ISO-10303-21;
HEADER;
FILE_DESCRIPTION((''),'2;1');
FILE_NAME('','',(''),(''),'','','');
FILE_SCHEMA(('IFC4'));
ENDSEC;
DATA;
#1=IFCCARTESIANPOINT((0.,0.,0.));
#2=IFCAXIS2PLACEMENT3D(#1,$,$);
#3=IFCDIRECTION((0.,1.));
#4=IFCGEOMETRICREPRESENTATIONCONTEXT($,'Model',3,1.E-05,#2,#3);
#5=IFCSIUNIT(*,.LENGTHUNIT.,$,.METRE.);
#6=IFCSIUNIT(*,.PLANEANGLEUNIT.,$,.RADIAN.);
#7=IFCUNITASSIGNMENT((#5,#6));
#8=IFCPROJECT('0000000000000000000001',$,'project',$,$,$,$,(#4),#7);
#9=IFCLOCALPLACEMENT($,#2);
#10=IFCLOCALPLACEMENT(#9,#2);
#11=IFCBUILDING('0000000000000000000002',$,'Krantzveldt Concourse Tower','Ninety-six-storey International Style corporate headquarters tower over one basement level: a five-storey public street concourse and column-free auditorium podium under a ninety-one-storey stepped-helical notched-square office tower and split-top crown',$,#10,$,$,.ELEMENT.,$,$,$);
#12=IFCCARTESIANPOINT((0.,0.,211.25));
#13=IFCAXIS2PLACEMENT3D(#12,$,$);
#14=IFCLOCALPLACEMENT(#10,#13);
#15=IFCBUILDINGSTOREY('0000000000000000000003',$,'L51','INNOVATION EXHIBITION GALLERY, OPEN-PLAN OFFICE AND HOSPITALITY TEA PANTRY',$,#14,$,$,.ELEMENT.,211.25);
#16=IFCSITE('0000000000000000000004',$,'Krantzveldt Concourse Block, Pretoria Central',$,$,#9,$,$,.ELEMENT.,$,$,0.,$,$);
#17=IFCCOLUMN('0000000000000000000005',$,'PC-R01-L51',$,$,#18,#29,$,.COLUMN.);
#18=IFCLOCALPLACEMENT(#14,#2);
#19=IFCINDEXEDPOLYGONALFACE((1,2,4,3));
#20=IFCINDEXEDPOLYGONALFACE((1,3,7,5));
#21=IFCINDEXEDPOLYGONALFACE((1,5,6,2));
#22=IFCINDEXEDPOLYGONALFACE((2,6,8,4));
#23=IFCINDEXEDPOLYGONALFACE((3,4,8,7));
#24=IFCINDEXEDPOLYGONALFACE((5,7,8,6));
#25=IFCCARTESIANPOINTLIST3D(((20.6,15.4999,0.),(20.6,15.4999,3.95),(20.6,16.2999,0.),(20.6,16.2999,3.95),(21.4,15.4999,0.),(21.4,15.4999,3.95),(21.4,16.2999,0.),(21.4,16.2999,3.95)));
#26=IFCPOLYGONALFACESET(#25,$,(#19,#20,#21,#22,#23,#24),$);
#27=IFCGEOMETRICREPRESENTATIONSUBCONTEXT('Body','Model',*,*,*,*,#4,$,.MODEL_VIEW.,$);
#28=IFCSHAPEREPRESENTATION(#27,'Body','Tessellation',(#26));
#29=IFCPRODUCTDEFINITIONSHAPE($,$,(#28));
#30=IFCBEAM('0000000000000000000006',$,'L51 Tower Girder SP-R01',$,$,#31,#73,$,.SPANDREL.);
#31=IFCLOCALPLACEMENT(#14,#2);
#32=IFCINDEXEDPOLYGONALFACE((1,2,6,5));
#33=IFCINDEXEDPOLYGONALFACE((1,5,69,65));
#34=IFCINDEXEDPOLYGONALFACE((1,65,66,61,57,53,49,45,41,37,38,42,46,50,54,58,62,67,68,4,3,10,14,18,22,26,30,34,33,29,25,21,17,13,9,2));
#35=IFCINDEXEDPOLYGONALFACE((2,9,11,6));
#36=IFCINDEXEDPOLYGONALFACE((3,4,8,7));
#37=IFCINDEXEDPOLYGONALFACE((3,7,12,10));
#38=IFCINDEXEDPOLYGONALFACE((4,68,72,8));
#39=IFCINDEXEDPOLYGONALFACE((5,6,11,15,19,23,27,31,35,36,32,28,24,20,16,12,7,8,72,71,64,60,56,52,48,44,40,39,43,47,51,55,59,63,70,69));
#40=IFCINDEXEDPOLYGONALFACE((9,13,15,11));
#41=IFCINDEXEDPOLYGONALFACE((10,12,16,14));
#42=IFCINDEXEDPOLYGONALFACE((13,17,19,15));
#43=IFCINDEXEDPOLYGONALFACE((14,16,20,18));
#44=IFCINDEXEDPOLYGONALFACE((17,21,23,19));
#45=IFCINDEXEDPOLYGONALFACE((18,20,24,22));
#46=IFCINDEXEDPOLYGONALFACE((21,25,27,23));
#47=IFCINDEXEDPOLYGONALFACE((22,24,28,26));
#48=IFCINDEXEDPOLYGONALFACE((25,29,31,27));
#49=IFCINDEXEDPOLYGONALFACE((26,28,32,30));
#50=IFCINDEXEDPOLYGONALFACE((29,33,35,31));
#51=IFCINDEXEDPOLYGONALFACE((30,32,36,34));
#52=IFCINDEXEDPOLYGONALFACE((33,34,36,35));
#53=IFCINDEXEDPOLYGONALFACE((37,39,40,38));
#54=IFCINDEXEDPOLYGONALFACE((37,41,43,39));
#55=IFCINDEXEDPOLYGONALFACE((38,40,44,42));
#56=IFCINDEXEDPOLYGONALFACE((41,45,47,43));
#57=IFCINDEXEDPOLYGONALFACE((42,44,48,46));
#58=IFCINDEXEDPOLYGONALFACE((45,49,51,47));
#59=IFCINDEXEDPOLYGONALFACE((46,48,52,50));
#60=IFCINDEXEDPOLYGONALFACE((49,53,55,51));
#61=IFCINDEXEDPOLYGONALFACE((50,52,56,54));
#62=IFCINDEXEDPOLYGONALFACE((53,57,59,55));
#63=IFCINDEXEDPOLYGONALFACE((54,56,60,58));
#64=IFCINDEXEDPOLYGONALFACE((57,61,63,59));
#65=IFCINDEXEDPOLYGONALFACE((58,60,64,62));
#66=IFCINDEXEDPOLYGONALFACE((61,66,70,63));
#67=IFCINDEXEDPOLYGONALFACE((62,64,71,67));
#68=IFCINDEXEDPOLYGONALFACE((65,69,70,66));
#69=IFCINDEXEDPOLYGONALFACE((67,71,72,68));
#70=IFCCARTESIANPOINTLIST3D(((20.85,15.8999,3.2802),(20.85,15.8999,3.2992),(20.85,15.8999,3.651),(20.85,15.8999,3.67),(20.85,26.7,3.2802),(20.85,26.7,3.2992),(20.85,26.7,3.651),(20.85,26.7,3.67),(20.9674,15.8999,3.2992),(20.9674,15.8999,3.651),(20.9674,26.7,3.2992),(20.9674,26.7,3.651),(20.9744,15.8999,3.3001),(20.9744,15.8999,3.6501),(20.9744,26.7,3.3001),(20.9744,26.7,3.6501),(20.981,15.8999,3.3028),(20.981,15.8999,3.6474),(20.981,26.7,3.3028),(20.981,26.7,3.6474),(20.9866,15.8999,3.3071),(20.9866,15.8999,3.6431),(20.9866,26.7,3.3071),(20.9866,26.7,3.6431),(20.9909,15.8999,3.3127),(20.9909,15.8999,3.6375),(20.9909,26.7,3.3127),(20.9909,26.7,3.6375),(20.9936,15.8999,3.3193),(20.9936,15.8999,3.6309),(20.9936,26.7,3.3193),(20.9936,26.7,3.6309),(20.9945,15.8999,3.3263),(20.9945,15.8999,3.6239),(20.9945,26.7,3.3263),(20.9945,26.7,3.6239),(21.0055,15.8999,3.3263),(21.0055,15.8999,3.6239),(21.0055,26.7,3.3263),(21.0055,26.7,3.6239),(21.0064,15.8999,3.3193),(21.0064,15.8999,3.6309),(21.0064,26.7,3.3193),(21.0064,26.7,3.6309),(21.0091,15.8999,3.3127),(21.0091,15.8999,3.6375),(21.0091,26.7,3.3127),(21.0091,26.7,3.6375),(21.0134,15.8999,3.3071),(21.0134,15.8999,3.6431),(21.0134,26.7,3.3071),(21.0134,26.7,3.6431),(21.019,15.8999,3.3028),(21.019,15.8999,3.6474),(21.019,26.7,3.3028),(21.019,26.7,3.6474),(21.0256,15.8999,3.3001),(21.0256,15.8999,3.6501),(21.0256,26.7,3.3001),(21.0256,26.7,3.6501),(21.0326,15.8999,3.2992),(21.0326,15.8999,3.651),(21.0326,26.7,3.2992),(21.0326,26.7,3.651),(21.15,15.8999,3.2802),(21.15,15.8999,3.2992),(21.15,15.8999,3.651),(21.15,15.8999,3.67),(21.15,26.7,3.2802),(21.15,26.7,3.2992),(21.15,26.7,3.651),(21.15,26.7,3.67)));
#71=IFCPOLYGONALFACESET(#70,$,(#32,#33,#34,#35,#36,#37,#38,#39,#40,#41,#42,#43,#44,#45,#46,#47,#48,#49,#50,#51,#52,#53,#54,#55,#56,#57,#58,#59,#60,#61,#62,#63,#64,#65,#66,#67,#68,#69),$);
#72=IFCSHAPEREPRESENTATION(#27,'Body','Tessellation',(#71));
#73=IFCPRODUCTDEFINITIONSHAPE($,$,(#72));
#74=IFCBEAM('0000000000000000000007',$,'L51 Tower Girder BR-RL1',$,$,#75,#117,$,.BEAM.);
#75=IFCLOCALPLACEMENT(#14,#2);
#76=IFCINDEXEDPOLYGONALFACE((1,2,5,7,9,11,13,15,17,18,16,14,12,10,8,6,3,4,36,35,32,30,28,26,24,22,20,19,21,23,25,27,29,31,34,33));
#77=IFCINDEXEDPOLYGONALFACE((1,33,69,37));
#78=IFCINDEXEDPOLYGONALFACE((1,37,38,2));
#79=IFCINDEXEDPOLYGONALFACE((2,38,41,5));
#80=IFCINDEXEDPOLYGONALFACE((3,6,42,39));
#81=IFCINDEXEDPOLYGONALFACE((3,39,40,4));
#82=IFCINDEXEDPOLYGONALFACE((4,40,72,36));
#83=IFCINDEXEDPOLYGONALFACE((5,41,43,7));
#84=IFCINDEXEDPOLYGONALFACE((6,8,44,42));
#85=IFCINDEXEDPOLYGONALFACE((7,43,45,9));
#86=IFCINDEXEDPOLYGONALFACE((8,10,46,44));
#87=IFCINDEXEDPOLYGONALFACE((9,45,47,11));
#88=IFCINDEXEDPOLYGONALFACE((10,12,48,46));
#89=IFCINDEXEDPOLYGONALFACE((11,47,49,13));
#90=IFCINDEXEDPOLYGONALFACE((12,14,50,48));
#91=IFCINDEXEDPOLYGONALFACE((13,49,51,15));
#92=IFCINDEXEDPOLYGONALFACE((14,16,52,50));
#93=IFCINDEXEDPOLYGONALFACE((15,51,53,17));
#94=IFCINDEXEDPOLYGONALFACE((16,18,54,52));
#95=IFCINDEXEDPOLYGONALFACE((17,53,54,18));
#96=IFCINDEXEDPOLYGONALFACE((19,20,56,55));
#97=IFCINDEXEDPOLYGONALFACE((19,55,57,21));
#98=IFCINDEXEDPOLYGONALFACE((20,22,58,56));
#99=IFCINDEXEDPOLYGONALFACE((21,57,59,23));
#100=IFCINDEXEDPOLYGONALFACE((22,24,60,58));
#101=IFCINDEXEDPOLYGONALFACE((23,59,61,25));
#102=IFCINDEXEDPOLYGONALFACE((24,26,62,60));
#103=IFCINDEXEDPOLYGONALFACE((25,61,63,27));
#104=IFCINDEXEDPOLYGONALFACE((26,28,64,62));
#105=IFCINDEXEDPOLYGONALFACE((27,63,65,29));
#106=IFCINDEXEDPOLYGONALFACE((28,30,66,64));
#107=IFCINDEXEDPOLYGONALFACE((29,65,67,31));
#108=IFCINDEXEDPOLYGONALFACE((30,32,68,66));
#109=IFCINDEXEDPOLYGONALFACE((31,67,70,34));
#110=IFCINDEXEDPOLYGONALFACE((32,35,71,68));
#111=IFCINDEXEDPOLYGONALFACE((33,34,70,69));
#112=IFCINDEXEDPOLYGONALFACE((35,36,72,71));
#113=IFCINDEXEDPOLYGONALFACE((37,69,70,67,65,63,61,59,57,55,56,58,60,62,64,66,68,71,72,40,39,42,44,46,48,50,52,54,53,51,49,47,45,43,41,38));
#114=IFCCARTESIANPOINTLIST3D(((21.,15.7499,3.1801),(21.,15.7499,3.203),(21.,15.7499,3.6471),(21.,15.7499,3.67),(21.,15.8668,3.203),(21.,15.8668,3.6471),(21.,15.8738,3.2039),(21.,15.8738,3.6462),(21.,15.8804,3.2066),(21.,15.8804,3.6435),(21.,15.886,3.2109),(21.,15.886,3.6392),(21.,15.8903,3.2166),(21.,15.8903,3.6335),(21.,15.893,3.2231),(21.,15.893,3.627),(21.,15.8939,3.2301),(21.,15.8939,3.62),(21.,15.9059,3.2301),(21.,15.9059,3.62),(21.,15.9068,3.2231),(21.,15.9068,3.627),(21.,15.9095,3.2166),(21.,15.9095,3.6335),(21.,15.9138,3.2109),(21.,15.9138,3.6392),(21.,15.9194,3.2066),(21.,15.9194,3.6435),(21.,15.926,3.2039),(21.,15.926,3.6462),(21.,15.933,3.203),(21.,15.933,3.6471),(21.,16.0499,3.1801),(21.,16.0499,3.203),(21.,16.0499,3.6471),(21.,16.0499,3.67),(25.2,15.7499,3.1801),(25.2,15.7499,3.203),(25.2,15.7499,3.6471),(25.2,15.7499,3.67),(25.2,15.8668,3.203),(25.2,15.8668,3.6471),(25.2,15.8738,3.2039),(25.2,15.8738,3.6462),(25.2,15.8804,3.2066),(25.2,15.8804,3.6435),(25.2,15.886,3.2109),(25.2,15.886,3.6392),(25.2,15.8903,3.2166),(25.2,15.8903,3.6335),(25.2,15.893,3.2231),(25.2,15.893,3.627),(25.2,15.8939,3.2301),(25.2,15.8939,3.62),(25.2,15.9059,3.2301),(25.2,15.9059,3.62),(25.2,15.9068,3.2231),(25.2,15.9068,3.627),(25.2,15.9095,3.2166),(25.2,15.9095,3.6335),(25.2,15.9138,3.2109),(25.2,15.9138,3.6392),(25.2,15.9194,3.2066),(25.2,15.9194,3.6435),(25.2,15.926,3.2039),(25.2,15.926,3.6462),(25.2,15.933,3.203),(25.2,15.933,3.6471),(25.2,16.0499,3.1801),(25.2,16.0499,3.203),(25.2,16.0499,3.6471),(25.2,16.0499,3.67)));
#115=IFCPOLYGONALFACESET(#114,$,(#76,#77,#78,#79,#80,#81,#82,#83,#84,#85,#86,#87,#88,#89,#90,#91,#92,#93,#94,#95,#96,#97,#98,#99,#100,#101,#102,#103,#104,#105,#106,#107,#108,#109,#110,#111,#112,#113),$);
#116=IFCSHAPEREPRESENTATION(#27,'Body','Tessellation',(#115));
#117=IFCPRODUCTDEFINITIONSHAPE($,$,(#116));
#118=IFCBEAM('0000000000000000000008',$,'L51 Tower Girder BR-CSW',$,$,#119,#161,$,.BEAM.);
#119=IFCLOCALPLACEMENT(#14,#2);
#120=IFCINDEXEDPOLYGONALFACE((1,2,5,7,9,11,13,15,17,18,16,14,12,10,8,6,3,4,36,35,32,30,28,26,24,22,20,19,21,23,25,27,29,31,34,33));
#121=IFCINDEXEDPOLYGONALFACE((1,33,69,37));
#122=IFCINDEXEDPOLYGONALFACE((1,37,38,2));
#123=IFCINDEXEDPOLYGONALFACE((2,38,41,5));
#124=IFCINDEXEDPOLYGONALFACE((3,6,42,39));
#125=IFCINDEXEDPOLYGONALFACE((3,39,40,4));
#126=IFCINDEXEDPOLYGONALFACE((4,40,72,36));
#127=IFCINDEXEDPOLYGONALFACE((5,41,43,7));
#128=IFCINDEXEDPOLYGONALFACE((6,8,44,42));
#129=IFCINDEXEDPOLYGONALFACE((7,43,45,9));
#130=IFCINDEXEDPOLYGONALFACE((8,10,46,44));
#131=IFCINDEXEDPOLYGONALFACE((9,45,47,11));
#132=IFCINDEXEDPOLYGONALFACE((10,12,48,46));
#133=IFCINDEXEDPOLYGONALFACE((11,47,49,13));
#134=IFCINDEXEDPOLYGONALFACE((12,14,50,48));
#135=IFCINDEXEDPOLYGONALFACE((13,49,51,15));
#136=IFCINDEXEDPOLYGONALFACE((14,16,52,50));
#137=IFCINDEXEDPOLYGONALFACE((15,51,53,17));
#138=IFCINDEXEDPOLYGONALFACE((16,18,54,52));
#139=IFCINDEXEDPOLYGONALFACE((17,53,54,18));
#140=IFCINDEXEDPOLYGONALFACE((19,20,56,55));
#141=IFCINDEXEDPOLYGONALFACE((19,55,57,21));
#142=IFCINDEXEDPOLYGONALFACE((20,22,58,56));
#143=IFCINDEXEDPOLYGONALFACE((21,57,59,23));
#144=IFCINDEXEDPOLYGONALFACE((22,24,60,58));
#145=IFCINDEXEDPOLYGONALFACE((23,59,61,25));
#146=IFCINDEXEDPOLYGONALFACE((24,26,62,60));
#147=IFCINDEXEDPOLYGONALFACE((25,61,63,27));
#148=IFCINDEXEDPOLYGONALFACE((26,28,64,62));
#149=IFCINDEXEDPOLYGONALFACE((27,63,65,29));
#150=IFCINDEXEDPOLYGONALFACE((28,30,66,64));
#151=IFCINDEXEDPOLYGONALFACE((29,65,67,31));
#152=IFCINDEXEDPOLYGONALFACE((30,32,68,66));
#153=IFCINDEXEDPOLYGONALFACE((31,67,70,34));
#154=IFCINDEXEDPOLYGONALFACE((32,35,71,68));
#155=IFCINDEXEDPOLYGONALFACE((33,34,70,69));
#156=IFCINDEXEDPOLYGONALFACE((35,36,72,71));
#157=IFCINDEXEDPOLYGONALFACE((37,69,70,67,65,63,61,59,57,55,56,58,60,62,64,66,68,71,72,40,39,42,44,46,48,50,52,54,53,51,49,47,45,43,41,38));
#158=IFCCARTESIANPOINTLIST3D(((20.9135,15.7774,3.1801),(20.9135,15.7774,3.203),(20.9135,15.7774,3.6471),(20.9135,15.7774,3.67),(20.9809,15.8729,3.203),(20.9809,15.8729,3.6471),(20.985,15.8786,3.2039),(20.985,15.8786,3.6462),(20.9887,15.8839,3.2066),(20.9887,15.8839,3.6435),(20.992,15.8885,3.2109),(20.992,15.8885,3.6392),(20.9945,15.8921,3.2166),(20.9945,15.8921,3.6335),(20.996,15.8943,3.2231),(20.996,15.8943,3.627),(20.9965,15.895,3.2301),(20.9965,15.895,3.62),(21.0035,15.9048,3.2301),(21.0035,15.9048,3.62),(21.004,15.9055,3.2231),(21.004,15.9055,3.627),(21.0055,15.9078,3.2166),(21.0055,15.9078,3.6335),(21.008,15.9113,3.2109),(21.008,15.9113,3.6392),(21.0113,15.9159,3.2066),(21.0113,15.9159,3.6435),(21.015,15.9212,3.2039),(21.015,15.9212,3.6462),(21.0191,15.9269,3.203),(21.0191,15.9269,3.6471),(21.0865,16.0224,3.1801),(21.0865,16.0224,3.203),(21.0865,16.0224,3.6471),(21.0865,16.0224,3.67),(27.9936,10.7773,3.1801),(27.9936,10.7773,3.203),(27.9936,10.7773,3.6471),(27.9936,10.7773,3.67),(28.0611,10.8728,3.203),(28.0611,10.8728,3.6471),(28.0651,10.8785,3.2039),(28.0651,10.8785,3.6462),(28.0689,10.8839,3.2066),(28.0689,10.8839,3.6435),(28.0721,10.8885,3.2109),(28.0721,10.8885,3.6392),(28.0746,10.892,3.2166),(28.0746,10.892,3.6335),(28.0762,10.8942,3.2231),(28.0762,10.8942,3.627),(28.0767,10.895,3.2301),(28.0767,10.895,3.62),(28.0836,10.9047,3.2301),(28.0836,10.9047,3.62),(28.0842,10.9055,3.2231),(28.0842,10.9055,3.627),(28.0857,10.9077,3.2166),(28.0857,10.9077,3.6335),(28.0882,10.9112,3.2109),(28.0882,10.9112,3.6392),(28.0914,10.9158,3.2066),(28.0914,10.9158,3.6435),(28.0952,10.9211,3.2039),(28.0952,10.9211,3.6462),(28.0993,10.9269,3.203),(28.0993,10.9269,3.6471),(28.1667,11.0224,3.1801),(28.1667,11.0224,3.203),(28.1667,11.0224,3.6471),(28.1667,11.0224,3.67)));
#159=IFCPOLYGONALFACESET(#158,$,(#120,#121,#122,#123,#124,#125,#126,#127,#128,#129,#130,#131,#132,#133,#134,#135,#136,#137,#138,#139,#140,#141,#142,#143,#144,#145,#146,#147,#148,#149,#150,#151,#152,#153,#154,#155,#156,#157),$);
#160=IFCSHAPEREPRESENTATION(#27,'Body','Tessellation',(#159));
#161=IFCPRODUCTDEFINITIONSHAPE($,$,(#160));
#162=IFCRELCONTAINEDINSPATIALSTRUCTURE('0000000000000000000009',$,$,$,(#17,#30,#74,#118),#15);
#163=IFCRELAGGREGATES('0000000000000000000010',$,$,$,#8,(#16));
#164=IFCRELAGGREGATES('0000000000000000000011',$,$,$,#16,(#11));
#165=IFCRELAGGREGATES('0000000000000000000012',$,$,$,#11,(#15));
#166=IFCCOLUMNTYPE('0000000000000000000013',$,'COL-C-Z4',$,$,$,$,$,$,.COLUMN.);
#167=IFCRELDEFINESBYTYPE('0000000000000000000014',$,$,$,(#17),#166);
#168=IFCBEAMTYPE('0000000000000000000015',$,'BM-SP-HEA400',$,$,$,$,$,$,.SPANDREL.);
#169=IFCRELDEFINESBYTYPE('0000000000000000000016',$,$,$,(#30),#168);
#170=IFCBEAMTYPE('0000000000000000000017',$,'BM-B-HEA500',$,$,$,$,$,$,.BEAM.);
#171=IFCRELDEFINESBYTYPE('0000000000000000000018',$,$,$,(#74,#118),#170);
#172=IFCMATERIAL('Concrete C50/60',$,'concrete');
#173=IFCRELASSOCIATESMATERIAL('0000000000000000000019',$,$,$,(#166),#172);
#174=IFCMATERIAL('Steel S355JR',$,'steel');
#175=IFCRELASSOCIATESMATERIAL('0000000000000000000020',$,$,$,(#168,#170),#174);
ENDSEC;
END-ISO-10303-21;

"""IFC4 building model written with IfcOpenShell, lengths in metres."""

from ifc_helpers import new_model, si_unit, direction, frame, origin, origin_2d, place, context, subcontext, project, spatial, rectangle, i_section, extrude, source, transform, mapped, material, material_profile, profile_set, type_object, type_shapes, element, save


model = new_model("IFC4")

# Units and contexts
model_context = context("Model", 3, precision=1e-05, world=origin(), true_north=direction((0.0, 1.0)))
body_context = subcontext(model_context, "Body", "Model", "MODEL_VIEW")
ifc_project = project(units=[si_unit("LENGTHUNIT", "METRE"), si_unit("PLANEANGLEUNIT", "RADIAN")], contexts=[model_context])

# Site, building, storey
site_placement = place(None, origin())
site = spatial("IfcSite", under=ifc_project, at=site_placement, Name="Krantzveldt Concourse Block, Pretoria Central", CompositionType="ELEMENT", RefElevation=0.0)
building_placement = place(site_placement, origin())
building = spatial("IfcBuilding", under=site, at=building_placement, Name="Krantzveldt Concourse Tower", Description="Ninety-six-storey International Style corporate headquarters tower over one basement level: a five-storey public street concourse and column-free auditorium podium under a ninety-one-storey stepped-helical notched-square office tower and split-top crown", CompositionType="ELEMENT")
storey_placement = place(building_placement, frame((0.0, 0.0, 211.25)))
storey = spatial("IfcBuildingStorey", under=building, at=storey_placement, Name="L51", Description="INNOVATION EXHIBITION GALLERY, OPEN-PLAN OFFICE AND HOSPITALITY TEA PANTRY", CompositionType="ELEMENT", Elevation=211.25)

# Column
ifc_material_1 = material(Name="Concrete C50/60", Category="concrete")
ifc_material_profile_1 = material_profile(ifc_material_1, rectangle(XDim=0.8, YDim=0.8, at=origin_2d()), Name="Concrete C50/60", Category="concrete")
ifc_profile_set_1 = profile_set([ifc_material_profile_1], Name="Concrete C50/60 - RC 800x800")
column_type = type_object("IfcColumnType", Name="COL-C-Z4", PredefinedType="COLUMN", material=ifc_profile_set_1)
shared_shape_1 = source(origin(), body_context, "Body", "SweptSolid", [
    extrude(rectangle(XDim=0.8, YDim=0.8, at=origin_2d()), origin(), (0.0, 0.0, 1.0), 3.95),
])
type_shapes(column_type, [shared_shape_1])
column_placement = place(storey_placement, frame((21.0, 15.8999, 0.0), z_axis=(0.0, 0.0, 1.0), x_axis=(1.0, 0.0, 0.0)))
element("IfcColumn", 1, at=column_placement, inside=storey, type_object=column_type, Name="PC-R01-L51", PredefinedType="COLUMN", context=body_context, shape_type="MappedRepresentation", body=[
    mapped(shared_shape_1, transform((0.0, 0.0, 0.0), x_axis=(1.0, 0.0, 0.0), y_axis=(0.0, 1.0, 0.0), z_axis=(0.0, 0.0, 1.0), scale=1.0)),
])

# Beams
ifc_material_2 = material(Name="Steel S355JR", Category="steel")
ifc_material_profile_2 = material_profile(ifc_material_2, i_section(OverallWidth=0.3, OverallDepth=0.3899, WebThickness=0.011, FlangeThickness=0.019, FilletRadius=0.0271, at=origin_2d()), Name="Steel S355JR", Category="steel")
ifc_profile_set_2 = profile_set([ifc_material_profile_2], Name="Steel S355JR - HEA 400")
beam_type_1 = type_object("IfcBeamType", Name="BM-SP-HEA400", PredefinedType="SPANDREL", material=ifc_profile_set_2)
shared_shape_2 = source(origin(), body_context, "Body", "SweptSolid", [
    extrude(i_section(OverallWidth=0.3, OverallDepth=0.3899, WebThickness=0.011, FlangeThickness=0.019, FilletRadius=0.0271, at=origin_2d()), origin(), (0.0, 0.0, 1.0), 10.8),
])
type_shapes(beam_type_1, [shared_shape_2])
beam_1_placement = place(storey_placement, frame((21.0, 15.8999, 3.4751), z_axis=(0.0, 1.0, 0.0), x_axis=(-1.0, 0.0, 0.0)))
element("IfcBeam", 2, at=beam_1_placement, inside=storey, type_object=beam_type_1, Name="L51 Tower Girder SP-R01", PredefinedType="SPANDREL", context=body_context, shape_type="MappedRepresentation", body=[
    mapped(shared_shape_2, transform((0.0, 0.0, 0.0), x_axis=(1.0, 0.0, 0.0), y_axis=(0.0, 1.0, 0.0), z_axis=(0.0, 0.0, 1.0), scale=1.0)),
])
ifc_material_profile_3 = material_profile(ifc_material_2, i_section(OverallWidth=0.3, OverallDepth=0.49, WebThickness=0.012, FlangeThickness=0.0229, FilletRadius=0.0271, at=origin_2d()), Name="Steel S355JR", Category="steel")
ifc_profile_set_3 = profile_set([ifc_material_profile_3], Name="Steel S355JR - HEA 500")
beam_type_2 = type_object("IfcBeamType", Name="BM-B-HEA500", PredefinedType="BEAM", material=ifc_profile_set_3)
shared_shape_3 = source(origin(), body_context, "Body", "SweptSolid", [
    extrude(i_section(OverallWidth=0.3, OverallDepth=0.49, WebThickness=0.012, FlangeThickness=0.0229, FilletRadius=0.0271, at=origin_2d()), origin(), (0.0, 0.0, 1.0), 4.2),
])
beam_2_placement = place(storey_placement, frame((21.0, 15.8999, 3.425), z_axis=(1.0, 0.0, 0.0), x_axis=(0.0, 1.0, 0.0)))
element("IfcBeam", 3, at=beam_2_placement, inside=storey, type_object=beam_type_2, Name="L51 Tower Girder BR-RL1", PredefinedType="BEAM", context=body_context, shape_type="MappedRepresentation", body=[
    mapped(shared_shape_3, transform((0.0, 0.0, 0.0), x_axis=(1.0, 0.0, 0.0), y_axis=(0.0, 1.0, 0.0), z_axis=(0.0, 0.0, 1.0), scale=1.0)),
])
shared_shape_4 = source(origin(), body_context, "Body", "SweptSolid", [
    extrude(i_section(OverallWidth=0.3, OverallDepth=0.49, WebThickness=0.012, FlangeThickness=0.0229, FilletRadius=0.0271, at=origin_2d()), origin(), (0.0, 0.0, 1.0), 8.6677),
])
type_shapes(beam_type_2, [shared_shape_3, shared_shape_4])
beam_3_placement = place(storey_placement, frame((21.0, 15.8999, 3.425), z_axis=(0.816843, -0.57686, 0.0), x_axis=(0.57686, 0.816843, 0.0)))
element("IfcBeam", 4, at=beam_3_placement, inside=storey, type_object=beam_type_2, Name="L51 Tower Girder BR-CSW", PredefinedType="BEAM", context=body_context, shape_type="MappedRepresentation", body=[
    mapped(shared_shape_4, transform((0.0, 0.0, 0.0), x_axis=(1.0, 0.0, 0.0), y_axis=(0.0, 1.0, 0.0), z_axis=(0.0, 0.0, 1.0), scale=1.0)),
])

save(model, "model.ifc")
